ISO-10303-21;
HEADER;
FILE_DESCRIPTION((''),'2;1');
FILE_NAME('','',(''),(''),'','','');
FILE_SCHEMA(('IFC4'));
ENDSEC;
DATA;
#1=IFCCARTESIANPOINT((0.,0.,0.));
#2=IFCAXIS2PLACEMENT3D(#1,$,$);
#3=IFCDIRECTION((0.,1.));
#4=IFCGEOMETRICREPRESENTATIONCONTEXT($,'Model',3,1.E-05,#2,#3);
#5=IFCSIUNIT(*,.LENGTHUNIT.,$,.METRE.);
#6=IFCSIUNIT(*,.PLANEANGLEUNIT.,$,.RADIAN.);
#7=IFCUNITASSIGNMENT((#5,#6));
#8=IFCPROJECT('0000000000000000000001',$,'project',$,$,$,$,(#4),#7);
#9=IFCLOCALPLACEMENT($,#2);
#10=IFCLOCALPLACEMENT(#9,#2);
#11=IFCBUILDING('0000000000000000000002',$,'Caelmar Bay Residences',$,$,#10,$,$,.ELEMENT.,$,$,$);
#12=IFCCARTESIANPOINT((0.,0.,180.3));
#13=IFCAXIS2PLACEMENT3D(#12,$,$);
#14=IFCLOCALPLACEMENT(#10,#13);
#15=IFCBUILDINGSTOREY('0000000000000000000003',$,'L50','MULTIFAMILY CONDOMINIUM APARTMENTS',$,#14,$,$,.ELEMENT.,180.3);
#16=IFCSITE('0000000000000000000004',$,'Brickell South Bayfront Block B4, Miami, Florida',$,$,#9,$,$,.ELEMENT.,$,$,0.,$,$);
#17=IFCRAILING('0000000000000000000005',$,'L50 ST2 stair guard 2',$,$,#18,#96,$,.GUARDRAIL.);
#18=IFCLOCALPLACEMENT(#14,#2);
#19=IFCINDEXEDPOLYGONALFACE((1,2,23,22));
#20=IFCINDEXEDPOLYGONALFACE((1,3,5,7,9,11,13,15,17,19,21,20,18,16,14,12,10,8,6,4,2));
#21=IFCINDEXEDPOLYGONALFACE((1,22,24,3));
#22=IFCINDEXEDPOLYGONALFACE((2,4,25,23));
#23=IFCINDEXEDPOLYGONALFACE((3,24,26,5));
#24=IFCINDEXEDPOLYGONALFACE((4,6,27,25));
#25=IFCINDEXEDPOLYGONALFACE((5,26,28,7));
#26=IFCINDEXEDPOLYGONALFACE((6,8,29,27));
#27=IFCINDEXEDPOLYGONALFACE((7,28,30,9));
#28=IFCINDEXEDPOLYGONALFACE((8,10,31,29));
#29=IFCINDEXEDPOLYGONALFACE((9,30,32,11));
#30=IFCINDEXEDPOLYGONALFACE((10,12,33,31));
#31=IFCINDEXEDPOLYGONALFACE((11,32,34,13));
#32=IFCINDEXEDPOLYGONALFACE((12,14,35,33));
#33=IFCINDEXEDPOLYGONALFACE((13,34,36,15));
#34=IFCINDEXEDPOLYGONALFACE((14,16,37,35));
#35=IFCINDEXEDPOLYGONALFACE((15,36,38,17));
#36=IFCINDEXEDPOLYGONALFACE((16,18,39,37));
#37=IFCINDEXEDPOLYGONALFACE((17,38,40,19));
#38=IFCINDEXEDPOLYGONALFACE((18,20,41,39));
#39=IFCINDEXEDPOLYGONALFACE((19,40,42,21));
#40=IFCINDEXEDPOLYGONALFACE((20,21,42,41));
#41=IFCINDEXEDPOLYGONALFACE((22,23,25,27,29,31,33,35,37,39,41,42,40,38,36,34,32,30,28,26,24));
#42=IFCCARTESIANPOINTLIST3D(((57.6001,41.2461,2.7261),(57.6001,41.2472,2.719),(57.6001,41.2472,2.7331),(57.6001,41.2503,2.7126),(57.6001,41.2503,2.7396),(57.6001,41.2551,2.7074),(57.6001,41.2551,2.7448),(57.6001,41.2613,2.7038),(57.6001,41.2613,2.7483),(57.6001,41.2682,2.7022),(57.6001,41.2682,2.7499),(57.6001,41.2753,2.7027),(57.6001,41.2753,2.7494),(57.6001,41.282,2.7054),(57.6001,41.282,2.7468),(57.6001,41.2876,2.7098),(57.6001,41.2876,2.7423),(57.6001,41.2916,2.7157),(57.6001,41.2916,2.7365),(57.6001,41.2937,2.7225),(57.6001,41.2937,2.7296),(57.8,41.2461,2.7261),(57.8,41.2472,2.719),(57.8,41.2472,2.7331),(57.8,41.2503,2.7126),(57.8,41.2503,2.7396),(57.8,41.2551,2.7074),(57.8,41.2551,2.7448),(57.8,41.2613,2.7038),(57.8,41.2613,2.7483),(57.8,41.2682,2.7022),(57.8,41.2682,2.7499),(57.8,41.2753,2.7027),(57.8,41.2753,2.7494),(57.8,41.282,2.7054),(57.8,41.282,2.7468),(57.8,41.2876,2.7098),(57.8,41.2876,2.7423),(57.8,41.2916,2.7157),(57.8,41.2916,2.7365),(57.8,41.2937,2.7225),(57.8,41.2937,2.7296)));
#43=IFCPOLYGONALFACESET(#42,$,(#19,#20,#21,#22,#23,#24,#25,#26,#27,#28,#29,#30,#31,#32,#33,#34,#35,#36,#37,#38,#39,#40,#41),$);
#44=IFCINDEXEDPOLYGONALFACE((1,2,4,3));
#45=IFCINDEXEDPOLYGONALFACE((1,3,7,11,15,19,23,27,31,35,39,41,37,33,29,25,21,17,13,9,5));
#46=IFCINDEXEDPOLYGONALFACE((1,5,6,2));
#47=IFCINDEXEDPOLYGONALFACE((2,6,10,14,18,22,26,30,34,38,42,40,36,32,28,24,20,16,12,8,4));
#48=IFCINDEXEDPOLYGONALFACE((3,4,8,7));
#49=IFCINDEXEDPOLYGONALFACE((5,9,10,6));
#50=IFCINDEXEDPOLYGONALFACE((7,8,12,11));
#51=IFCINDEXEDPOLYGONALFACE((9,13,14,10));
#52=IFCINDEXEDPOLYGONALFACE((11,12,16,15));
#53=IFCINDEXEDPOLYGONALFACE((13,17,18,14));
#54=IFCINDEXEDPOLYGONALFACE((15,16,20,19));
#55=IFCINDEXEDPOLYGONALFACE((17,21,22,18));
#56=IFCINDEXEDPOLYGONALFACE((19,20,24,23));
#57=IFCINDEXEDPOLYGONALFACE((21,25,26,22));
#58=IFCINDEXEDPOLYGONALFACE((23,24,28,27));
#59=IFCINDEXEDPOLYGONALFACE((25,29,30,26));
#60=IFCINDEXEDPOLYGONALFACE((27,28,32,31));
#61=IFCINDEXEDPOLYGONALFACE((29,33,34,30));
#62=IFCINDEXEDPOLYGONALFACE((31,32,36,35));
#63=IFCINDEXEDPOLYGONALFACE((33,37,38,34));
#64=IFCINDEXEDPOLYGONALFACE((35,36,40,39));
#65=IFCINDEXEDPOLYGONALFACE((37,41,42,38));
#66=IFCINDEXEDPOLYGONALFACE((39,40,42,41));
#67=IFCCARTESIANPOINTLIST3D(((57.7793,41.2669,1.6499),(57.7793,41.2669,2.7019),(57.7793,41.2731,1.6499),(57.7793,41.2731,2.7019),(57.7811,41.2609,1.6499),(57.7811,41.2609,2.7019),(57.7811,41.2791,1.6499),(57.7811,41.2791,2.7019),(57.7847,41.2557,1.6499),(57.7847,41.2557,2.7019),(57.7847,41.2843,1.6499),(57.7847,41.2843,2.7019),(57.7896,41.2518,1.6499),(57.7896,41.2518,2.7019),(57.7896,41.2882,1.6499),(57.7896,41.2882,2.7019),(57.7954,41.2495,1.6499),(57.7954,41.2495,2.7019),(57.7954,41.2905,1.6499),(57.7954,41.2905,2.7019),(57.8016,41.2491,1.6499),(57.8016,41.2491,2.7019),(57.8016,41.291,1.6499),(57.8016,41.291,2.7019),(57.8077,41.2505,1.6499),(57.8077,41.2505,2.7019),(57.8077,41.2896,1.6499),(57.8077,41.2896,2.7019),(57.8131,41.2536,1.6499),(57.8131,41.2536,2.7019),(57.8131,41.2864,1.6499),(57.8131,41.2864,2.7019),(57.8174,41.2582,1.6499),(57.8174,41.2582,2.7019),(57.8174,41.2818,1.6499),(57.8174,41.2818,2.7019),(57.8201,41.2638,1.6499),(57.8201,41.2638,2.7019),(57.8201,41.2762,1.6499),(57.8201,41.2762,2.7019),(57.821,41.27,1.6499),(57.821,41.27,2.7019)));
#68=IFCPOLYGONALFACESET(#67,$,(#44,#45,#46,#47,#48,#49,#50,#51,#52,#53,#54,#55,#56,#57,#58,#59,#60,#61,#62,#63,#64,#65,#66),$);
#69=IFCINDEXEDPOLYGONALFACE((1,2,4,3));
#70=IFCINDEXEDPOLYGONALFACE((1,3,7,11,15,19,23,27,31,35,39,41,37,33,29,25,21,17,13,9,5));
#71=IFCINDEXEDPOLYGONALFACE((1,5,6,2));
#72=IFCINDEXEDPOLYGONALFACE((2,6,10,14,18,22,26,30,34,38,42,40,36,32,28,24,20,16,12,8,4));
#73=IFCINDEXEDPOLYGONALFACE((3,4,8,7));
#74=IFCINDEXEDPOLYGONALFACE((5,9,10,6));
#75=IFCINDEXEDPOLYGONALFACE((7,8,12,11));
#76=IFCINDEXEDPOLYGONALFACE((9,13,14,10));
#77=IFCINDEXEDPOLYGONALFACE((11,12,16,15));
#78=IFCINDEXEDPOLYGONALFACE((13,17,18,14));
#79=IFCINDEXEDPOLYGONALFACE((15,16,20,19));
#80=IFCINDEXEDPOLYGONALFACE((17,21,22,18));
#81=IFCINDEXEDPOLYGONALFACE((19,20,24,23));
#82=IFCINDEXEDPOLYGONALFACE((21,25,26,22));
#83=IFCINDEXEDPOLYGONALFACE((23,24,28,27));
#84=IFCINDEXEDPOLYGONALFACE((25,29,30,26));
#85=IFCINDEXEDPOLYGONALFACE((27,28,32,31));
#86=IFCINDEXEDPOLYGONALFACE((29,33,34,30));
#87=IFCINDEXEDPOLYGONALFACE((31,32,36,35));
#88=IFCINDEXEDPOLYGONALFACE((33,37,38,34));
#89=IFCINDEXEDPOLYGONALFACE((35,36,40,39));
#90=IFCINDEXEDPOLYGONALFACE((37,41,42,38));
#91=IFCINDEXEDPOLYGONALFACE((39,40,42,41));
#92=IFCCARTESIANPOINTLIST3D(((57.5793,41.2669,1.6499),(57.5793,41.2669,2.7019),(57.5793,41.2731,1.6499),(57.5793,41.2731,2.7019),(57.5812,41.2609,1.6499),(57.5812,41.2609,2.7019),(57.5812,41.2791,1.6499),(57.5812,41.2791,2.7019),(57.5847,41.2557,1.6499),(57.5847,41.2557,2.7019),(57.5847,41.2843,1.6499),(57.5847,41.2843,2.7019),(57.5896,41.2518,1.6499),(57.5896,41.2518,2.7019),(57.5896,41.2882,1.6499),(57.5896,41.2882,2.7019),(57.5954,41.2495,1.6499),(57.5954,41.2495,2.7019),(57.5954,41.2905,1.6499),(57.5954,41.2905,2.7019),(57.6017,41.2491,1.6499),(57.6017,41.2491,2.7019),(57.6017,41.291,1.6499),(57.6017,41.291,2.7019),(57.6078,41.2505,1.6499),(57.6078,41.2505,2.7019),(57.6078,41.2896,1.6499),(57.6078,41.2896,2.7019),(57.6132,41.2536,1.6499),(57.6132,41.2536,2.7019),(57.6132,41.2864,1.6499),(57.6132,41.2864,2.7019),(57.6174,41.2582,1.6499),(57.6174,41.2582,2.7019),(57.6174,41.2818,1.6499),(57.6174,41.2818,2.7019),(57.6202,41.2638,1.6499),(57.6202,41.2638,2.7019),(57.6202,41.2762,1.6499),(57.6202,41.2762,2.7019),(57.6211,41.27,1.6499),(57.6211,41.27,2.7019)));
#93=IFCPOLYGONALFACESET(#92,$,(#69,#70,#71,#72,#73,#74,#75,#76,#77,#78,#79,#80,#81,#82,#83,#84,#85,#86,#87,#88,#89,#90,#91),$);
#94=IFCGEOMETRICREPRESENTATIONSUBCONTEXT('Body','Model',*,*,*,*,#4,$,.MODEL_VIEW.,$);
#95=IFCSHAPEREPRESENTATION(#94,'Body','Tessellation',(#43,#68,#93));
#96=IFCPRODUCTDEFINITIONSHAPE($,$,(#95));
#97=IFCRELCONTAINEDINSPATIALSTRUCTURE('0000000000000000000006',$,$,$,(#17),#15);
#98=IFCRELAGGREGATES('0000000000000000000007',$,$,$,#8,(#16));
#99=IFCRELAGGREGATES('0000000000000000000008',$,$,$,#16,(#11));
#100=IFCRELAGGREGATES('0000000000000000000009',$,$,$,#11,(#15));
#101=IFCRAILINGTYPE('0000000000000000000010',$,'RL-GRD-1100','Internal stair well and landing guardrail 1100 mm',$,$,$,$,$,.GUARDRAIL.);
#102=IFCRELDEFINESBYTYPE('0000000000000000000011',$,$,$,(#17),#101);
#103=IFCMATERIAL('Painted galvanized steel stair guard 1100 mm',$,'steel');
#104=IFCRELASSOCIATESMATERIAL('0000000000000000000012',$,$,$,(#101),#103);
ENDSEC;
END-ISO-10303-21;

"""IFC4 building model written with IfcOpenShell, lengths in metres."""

from ifc_helpers import new_model, si_unit, direction, frame, origin, origin_2d, place, context, subcontext, project, spatial, circle, extrude, material, type_object, element, save


model = new_model("IFC4")

# Units and contexts
model_context = context("Model", 3, precision=1e-05, world=origin(), true_north=direction((0.0, 1.0)))
body_context = subcontext(model_context, "Body", "Model", "MODEL_VIEW")
ifc_project = project(units=[si_unit("LENGTHUNIT", "METRE"), si_unit("PLANEANGLEUNIT", "RADIAN")], contexts=[model_context])

# Site, building, storey
site_placement = place(None, origin())
site = spatial("IfcSite", under=ifc_project, at=site_placement, Name="Brickell South Bayfront Block B4, Miami, Florida", CompositionType="ELEMENT", RefElevation=0.0)
building_placement = place(site_placement, origin())
building = spatial("IfcBuilding", under=site, at=building_placement, Name="Caelmar Bay Residences", CompositionType="ELEMENT")
storey_placement = place(building_placement, frame((0.0, 0.0, 180.3)))
storey = spatial("IfcBuildingStorey", under=building, at=storey_placement, Name="L50", Description="MULTIFAMILY CONDOMINIUM APARTMENTS", CompositionType="ELEMENT", Elevation=180.3)

# Railing
ifc_material_1 = material(Name="Painted galvanized steel stair guard 1100 mm", Category="steel")
railing_type_1 = type_object("IfcRailingType", Name="RL-GRD-1100", Description="Internal stair well and landing guardrail 1100 mm", PredefinedType="GUARDRAIL", material=ifc_material_1)
railing_1_placement = place(storey_placement, frame((57.8, 41.27, 1.6499)))
element("IfcRailing", 1, at=railing_1_placement, inside=storey, type_object=railing_type_1, Name="L50 ST2 stair guard 2", PredefinedType="GUARDRAIL", context=body_context, shape_type="SweptSolid", body=[
    extrude(circle(Radius=0.0239, at=origin_2d()), frame((0.0, 0.0, 1.0762), z_axis=(-1.0, 0.0, 0.0), x_axis=(0.0, -1.0, 0.0)), (0.0, 0.0, 1.0), 0.2),
    extrude(circle(Radius=0.021, at=origin_2d()), origin(), (0.0, 0.0, 1.0), 1.052),
    extrude(circle(Radius=0.021, at=origin_2d()), frame((-0.2, 0.0, 0.0)), (0.0, 0.0, 1.0), 1.052),
])

save(model, "model.ifc")
